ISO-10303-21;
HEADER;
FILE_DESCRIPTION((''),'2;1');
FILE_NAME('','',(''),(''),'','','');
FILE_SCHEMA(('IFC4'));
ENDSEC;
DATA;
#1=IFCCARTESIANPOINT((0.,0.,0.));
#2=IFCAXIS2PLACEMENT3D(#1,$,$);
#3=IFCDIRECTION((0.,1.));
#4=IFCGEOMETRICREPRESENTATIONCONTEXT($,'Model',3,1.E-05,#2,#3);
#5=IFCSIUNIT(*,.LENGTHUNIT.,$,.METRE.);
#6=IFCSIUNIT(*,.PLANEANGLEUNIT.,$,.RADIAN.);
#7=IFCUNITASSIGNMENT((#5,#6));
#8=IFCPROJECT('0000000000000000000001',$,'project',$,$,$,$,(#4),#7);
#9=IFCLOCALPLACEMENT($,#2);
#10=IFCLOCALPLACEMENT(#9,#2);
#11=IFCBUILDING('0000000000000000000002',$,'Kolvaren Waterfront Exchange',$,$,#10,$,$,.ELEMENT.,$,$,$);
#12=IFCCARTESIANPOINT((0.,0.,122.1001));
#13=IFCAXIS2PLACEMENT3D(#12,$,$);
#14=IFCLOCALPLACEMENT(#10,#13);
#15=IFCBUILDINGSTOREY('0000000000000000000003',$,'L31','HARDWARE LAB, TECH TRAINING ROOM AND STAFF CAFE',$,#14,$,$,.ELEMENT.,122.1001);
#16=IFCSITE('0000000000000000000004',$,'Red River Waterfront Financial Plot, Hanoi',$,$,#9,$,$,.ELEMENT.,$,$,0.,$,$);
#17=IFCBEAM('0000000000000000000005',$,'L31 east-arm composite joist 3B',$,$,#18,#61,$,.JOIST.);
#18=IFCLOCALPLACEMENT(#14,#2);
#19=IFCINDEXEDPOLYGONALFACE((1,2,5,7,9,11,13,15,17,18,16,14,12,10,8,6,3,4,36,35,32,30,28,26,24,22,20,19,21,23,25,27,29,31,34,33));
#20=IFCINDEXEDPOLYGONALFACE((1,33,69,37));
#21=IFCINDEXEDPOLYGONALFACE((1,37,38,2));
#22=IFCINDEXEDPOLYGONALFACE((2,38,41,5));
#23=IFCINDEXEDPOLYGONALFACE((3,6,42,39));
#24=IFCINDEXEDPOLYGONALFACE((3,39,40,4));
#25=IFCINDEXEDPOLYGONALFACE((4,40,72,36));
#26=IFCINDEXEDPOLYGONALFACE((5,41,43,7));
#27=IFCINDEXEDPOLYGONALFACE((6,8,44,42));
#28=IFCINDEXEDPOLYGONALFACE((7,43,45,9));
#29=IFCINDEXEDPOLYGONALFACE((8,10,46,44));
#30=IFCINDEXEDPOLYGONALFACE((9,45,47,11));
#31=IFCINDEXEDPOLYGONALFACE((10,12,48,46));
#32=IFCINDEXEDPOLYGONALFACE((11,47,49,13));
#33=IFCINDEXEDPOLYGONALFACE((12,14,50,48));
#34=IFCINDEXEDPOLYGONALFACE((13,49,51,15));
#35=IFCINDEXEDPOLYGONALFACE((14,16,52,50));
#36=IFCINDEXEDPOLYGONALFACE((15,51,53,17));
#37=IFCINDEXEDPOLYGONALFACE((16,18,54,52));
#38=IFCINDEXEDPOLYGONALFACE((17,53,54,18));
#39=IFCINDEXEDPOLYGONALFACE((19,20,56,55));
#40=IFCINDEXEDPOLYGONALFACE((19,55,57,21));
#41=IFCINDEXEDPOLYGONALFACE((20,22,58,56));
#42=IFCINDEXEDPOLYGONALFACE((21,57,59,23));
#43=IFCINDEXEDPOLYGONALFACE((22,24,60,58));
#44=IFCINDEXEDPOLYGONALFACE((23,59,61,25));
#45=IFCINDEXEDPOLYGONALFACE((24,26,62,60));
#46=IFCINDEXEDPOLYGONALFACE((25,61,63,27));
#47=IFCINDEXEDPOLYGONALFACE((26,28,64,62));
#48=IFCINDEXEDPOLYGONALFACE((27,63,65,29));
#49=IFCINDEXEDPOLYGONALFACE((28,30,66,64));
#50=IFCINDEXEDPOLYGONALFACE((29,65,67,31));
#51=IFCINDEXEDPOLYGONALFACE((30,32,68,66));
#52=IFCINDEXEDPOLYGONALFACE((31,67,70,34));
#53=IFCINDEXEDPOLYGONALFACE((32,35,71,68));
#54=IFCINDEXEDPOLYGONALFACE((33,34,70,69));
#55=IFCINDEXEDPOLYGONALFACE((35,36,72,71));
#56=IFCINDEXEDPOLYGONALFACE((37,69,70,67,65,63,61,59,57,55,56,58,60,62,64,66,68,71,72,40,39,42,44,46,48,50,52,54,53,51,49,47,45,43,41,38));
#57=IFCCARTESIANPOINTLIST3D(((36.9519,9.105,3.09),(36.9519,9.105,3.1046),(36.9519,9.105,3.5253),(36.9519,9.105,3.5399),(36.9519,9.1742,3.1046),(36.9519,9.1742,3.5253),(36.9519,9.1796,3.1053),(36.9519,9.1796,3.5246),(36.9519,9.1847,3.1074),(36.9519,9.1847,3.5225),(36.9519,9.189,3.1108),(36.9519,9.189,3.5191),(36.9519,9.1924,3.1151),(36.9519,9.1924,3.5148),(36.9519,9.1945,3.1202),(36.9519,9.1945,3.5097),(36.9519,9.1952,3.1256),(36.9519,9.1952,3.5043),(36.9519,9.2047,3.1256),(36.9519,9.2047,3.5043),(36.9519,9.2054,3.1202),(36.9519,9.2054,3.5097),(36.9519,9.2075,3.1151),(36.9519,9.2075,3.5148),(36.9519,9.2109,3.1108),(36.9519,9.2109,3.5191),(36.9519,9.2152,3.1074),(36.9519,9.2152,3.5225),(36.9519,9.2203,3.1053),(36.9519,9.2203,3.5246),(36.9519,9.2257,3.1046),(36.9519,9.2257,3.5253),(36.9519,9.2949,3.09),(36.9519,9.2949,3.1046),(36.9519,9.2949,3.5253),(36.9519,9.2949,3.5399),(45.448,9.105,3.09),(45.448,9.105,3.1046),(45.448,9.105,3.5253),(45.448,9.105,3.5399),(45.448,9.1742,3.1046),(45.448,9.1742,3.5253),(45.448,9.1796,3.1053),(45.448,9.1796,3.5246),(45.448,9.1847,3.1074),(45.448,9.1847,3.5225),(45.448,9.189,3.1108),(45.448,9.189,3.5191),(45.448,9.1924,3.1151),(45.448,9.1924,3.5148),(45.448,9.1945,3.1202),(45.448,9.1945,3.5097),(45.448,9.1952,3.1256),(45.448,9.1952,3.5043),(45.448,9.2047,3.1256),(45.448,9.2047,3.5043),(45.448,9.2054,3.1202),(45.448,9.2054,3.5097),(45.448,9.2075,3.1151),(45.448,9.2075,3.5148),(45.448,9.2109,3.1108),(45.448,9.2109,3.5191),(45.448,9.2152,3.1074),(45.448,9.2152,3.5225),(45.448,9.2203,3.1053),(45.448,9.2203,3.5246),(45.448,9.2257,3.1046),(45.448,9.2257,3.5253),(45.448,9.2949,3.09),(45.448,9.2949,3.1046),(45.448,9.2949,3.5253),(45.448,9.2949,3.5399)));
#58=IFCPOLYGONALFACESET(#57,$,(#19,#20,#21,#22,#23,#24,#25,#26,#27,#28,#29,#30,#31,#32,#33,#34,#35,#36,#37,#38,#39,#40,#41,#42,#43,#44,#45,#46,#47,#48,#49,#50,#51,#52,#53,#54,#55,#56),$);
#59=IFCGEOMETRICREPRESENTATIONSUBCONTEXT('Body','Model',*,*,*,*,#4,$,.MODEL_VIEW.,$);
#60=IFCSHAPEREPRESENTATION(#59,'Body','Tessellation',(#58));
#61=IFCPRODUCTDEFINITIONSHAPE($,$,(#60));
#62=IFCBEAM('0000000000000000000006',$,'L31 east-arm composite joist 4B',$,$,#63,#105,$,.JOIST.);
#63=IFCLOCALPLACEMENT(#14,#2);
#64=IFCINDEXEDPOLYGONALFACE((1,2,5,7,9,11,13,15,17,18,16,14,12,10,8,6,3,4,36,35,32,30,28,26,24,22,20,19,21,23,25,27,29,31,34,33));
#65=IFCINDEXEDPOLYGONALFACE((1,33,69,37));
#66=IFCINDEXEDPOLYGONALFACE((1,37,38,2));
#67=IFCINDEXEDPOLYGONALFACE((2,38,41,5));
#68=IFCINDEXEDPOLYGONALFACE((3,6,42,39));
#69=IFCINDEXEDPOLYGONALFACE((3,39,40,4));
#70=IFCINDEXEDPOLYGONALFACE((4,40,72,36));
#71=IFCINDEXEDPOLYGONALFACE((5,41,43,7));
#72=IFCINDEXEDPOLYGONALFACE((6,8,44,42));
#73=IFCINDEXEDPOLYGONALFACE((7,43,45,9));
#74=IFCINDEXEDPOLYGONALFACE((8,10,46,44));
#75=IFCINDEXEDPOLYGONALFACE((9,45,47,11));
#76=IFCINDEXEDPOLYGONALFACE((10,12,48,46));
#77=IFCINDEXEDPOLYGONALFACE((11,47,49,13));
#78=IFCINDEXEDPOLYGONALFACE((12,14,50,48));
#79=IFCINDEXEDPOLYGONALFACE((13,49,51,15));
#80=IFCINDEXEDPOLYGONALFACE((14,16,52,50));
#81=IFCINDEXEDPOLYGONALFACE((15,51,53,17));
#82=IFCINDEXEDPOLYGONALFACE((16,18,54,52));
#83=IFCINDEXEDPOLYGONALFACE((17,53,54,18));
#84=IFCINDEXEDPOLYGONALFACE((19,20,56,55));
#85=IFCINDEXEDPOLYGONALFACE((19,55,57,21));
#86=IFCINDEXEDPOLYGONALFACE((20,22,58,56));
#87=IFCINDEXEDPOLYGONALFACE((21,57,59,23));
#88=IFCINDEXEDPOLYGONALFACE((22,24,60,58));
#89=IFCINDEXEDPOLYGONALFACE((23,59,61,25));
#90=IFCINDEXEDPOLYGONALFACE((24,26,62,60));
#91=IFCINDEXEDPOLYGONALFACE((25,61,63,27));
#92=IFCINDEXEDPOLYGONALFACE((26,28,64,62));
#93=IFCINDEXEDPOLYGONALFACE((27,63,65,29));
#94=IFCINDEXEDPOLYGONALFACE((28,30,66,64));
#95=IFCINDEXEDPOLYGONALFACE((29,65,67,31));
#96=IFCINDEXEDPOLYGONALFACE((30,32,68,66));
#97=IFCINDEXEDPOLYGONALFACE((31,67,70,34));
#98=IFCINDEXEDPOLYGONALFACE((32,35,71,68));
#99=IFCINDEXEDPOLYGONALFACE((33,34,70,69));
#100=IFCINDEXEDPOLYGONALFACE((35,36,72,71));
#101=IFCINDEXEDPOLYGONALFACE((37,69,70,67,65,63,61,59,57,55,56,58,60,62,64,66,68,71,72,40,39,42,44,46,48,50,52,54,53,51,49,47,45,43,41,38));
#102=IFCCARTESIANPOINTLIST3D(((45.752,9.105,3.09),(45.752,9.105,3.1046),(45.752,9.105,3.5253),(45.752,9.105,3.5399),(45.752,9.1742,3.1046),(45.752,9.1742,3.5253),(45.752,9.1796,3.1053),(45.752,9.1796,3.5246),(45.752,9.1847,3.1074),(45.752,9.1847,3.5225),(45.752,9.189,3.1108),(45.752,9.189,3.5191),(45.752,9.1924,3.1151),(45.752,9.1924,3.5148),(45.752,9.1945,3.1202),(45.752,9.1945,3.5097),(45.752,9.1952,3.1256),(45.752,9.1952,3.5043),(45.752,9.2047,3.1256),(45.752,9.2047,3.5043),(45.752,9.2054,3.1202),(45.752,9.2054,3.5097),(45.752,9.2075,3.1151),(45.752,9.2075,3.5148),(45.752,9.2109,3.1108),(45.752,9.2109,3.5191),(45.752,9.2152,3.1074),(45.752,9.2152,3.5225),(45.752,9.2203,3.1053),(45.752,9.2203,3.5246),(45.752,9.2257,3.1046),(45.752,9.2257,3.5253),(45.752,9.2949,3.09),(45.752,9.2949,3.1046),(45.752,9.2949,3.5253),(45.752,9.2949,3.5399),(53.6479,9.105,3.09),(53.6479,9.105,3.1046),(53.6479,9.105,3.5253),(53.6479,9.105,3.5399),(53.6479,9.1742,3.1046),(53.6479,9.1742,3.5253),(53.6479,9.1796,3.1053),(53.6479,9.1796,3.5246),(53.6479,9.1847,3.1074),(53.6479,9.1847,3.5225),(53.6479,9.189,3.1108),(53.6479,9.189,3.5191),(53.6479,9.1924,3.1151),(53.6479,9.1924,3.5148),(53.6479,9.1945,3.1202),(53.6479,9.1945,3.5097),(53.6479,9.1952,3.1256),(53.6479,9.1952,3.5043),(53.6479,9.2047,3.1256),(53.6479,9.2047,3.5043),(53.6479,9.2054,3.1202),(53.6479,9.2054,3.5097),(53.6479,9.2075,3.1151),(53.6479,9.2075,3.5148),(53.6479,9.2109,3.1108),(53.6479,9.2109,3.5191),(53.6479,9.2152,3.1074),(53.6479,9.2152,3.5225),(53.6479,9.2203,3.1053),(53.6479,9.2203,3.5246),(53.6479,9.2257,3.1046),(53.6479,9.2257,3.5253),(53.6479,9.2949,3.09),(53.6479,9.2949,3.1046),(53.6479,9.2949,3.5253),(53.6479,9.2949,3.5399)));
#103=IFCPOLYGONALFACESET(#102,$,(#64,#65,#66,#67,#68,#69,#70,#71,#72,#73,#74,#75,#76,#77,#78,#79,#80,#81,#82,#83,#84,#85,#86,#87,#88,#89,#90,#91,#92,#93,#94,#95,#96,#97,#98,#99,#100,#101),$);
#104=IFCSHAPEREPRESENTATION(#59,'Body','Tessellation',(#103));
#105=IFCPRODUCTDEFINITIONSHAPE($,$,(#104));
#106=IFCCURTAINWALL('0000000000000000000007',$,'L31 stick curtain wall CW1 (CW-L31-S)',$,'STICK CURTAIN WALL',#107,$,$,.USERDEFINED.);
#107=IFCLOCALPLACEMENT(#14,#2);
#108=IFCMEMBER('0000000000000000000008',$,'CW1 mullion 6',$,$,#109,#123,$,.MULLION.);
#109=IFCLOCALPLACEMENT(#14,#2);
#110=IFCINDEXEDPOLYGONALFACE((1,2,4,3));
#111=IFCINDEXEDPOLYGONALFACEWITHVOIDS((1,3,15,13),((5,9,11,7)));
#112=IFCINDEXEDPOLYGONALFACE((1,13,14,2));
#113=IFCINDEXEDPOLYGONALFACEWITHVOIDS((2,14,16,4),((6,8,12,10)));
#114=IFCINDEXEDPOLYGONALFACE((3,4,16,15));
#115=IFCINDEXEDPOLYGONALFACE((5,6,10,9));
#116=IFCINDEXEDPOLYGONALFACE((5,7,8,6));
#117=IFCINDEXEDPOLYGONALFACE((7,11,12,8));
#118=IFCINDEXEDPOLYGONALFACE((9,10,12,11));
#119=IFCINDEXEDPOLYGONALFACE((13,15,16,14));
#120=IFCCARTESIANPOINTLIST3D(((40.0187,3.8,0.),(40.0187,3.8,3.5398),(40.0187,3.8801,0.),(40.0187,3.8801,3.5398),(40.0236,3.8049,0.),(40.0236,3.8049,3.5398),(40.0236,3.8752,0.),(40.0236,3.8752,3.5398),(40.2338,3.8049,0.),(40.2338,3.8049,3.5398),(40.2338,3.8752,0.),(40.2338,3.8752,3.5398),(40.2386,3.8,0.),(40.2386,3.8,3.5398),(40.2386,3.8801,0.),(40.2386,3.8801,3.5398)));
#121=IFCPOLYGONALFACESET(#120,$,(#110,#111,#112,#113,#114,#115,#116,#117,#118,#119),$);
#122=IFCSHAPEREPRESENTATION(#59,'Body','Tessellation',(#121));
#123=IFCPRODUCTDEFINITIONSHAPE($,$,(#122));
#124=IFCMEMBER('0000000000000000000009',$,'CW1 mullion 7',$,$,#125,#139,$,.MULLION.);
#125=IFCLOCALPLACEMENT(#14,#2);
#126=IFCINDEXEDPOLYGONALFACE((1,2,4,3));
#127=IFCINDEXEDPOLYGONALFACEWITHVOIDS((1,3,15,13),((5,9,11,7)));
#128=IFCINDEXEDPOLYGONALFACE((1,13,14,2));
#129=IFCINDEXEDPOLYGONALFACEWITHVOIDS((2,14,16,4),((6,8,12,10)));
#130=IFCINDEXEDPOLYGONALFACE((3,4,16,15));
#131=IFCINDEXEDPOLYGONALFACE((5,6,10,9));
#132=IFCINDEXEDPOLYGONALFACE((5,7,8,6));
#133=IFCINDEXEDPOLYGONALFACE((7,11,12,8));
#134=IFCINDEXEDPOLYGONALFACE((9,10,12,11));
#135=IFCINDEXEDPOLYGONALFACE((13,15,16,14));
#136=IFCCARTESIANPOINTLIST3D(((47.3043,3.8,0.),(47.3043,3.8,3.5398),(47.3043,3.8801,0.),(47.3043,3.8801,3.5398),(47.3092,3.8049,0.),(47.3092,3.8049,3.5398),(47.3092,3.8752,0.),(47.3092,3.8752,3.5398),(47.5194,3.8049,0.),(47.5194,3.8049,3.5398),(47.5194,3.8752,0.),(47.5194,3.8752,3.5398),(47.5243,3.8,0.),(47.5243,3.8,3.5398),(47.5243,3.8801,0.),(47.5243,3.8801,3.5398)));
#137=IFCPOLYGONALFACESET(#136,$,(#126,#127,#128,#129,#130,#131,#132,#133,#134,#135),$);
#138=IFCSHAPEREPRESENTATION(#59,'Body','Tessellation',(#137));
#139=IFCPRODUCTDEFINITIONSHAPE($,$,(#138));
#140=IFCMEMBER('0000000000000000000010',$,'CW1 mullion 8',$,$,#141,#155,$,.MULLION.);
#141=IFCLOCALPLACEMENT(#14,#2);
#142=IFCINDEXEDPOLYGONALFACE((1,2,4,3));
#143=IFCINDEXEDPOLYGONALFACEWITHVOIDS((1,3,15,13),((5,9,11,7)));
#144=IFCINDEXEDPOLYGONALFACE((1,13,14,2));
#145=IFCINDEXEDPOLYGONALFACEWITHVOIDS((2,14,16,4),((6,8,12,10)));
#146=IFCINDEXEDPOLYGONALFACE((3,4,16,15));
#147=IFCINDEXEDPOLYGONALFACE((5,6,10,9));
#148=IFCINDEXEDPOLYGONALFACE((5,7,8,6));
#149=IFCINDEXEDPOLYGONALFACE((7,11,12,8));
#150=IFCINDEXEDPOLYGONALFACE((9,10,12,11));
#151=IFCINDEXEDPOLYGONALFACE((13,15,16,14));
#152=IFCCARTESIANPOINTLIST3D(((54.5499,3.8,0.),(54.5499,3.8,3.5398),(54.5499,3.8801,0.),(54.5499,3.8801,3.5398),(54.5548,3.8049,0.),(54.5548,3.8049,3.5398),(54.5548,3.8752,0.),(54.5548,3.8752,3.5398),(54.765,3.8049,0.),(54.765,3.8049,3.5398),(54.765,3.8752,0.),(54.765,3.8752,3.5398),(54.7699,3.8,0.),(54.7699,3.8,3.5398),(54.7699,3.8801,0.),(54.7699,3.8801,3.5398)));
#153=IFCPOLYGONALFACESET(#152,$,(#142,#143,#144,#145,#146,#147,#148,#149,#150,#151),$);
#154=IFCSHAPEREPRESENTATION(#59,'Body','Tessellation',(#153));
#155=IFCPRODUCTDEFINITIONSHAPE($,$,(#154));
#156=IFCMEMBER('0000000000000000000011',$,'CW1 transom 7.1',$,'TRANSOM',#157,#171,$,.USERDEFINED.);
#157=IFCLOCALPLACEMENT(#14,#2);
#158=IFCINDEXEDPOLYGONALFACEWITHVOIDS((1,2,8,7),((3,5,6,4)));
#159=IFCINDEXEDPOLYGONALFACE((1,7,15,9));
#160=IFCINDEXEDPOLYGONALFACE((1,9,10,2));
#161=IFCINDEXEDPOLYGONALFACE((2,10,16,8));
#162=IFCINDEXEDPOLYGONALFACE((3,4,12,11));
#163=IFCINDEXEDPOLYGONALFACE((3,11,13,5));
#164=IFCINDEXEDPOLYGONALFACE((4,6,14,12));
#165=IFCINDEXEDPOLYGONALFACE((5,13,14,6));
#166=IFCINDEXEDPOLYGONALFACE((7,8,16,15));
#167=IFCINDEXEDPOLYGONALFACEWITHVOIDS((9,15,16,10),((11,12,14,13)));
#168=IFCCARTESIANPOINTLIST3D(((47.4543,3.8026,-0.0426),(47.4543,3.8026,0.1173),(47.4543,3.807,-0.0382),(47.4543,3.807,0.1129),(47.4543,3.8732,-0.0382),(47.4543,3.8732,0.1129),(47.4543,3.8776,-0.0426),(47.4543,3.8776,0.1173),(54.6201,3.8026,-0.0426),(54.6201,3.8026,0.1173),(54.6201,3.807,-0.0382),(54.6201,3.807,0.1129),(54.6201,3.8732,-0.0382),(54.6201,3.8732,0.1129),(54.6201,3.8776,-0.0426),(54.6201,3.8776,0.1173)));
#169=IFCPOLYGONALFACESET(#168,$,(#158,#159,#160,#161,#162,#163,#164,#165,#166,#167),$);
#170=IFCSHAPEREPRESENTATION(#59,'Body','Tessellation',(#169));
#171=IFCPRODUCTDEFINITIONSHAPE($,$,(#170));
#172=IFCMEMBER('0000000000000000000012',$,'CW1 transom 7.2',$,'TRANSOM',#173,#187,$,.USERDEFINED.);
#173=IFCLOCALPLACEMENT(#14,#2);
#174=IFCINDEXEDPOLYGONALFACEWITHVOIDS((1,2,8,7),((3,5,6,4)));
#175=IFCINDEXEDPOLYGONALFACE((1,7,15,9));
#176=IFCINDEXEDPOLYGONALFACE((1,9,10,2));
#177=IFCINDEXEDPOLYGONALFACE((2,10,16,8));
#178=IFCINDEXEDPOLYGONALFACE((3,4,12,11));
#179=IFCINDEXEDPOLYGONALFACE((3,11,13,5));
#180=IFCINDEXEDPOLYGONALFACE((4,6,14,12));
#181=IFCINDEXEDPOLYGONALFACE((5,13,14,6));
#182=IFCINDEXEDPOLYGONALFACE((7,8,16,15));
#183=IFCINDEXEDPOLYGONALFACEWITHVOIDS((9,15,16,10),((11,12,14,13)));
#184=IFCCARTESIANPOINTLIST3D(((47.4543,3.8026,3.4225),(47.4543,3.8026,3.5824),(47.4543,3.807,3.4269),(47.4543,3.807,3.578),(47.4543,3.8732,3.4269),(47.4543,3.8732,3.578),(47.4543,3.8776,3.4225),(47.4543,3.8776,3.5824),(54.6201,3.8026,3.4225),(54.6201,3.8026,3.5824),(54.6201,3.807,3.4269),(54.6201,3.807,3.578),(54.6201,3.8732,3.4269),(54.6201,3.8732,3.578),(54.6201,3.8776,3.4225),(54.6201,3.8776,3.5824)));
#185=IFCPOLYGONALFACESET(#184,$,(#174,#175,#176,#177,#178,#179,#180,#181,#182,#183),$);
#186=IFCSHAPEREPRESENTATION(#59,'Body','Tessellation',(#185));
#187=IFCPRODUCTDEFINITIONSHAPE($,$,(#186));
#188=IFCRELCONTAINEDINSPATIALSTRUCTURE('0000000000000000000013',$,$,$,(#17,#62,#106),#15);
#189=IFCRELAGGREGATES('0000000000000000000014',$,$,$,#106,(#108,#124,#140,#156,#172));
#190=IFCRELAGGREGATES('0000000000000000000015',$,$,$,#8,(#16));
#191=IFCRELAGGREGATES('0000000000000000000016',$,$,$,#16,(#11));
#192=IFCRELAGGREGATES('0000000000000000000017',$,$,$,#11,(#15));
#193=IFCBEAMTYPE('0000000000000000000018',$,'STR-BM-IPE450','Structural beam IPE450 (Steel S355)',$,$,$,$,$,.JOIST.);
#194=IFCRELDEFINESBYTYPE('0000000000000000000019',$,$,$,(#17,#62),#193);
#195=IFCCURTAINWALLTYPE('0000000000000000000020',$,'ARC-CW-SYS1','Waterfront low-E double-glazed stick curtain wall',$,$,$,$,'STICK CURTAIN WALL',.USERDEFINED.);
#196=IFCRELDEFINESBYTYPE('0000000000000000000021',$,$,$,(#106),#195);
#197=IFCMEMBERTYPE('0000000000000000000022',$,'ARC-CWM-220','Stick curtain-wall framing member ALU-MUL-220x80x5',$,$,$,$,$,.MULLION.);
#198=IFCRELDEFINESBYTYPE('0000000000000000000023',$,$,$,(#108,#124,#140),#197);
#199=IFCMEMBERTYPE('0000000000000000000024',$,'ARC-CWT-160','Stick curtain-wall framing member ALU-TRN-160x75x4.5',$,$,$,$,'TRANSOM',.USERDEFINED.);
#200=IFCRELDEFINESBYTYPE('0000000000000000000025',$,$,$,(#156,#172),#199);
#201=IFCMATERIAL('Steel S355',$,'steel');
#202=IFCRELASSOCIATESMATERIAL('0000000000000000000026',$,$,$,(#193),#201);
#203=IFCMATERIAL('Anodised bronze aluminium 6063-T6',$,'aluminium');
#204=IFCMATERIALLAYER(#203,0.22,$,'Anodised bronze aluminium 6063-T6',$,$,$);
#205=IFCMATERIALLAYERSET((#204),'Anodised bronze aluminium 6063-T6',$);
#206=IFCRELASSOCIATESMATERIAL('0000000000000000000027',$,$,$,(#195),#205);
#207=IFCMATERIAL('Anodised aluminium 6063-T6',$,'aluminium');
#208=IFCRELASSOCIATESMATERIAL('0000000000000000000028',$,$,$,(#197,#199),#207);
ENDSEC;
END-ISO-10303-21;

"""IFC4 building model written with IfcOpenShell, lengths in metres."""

from ifc_helpers import new_model, si_unit, direction, frame, origin, origin_with_axes, origin_2d, place, context, subcontext, project, spatial, hollow_rectangle, i_section, extrude, source, transform, mapped, material, layer, layer_set, material_profile, profile_set, type_object, element, aggregate, save


model = new_model("IFC4")

# Units and contexts
model_context = context("Model", 3, precision=1e-05, world=origin(), true_north=direction((0.0, 1.0)))
body_context = subcontext(model_context, "Body", "Model", "MODEL_VIEW")
ifc_project = project(units=[si_unit("LENGTHUNIT", "METRE"), si_unit("PLANEANGLEUNIT", "RADIAN")], contexts=[model_context])

# Site, building, storey
site_placement = place(None, origin())
site = spatial("IfcSite", under=ifc_project, at=site_placement, Name="Red River Waterfront Financial Plot, Hanoi", CompositionType="ELEMENT", RefElevation=0.0)
building_placement = place(site_placement, origin())
building = spatial("IfcBuilding", under=site, at=building_placement, Name="Kolvaren Waterfront Exchange", CompositionType="ELEMENT")
storey_placement = place(building_placement, frame((0.0, 0.0, 122.1001)))
storey = spatial("IfcBuildingStorey", under=building, at=storey_placement, Name="L31", Description="HARDWARE LAB, TECH TRAINING ROOM AND STAFF CAFE", CompositionType="ELEMENT", Elevation=122.1001)

# Beams
ifc_material_1 = material(Name="Steel S355", Category="steel")
ifc_material_profile_1 = material_profile(ifc_material_1, i_section(OverallWidth=0.1899, OverallDepth=0.45, WebThickness=0.0095, FlangeThickness=0.0146, FilletRadius=0.021, at=origin_2d()), Name="IPE450")
ifc_profile_set_1 = profile_set([ifc_material_profile_1], Name="Steel S355")
beam_type_1 = type_object("IfcBeamType", Name="STR-BM-IPE450", Description="Structural beam IPE450 (Steel S355)", PredefinedType="JOIST", material=ifc_profile_set_1)
beam_1_placement = place(storey_placement, frame((36.9519, 9.2, 3.3149), z_axis=(1.0, 0.0, 0.0), x_axis=(0.0, 1.0, 0.0)))
element("IfcBeam", 1, at=beam_1_placement, inside=storey, type_object=beam_type_1, Name="L31 east-arm composite joist 3B", PredefinedType="JOIST", context=body_context, shape_type="SweptSolid", body=[
    extrude(i_section(OverallWidth=0.1899, OverallDepth=0.45, WebThickness=0.0095, FlangeThickness=0.0146, FilletRadius=0.021, at=origin_2d()), origin(), (0.0, 0.0, 1.0), 8.4961),
])
beam_2_placement = place(storey_placement, frame((45.752, 9.2, 3.3149), z_axis=(1.0, 0.0, 0.0), x_axis=(0.0, 1.0, 0.0)))
element("IfcBeam", 2, at=beam_2_placement, inside=storey, type_object=beam_type_1, Name="L31 east-arm composite joist 4B", PredefinedType="JOIST", context=body_context, shape_type="SweptSolid", body=[
    extrude(i_section(OverallWidth=0.1899, OverallDepth=0.45, WebThickness=0.0095, FlangeThickness=0.0146, FilletRadius=0.021, at=origin_2d()), origin(), (0.0, 0.0, 1.0), 7.896),
])

# Curtain wall, members
ifc_material_2 = material(Name="Anodised bronze aluminium 6063-T6", Category="aluminium")
ifc_layer_1 = layer(ifc_material_2, 0.22, Name="Anodised bronze aluminium 6063-T6")
ifc_layer_set_1 = layer_set([ifc_layer_1], Name="Anodised bronze aluminium 6063-T6")
curtain_wall_type = type_object("IfcCurtainWallType", Name="ARC-CW-SYS1", Description="Waterfront low-E double-glazed stick curtain wall", ElementType="STICK CURTAIN WALL", PredefinedType="USERDEFINED", material=ifc_layer_set_1)
curtain_wall_placement = place(storey_placement, origin())
curtain_wall = element("IfcCurtainWall", 3, at=curtain_wall_placement, inside=storey, type_object=curtain_wall_type, Name="L31 stick curtain wall CW1 (CW-L31-S)", ObjectType="STICK CURTAIN WALL", PredefinedType="USERDEFINED")
ifc_material_3 = material(Name="Anodised aluminium 6063-T6", Category="aluminium")
ifc_material_profile_2 = material_profile(ifc_material_3, hollow_rectangle(XDim=0.0801, YDim=0.22, WallThickness=0.0049, at=origin_2d()), Name="ALU-MUL-220x80x5")
ifc_profile_set_2 = profile_set([ifc_material_profile_2], Name="Anodised aluminium 6063-T6")
member_type_1 = type_object("IfcMemberType", Name="ARC-CWM-220", Description="Stick curtain-wall framing member ALU-MUL-220x80x5", PredefinedType="MULLION", material=ifc_profile_set_2)
shared_shape_1 = source(origin_with_axes(), body_context, "Body", "SweptSolid", [
    extrude(hollow_rectangle(XDim=0.0801, YDim=0.22, WallThickness=0.0049, at=origin_2d()), origin(), (0.0, 0.0, 1.0), 3.5398),
])
member_1_placement = place(storey_placement, frame((40.1287, 3.8401, 0.0), z_axis=(0.0, 0.0, 1.0), x_axis=(0.0, 1.0, 0.0)))
member_1 = element("IfcMember", 4, at=member_1_placement, type_object=member_type_1, Name="CW1 mullion 6", PredefinedType="MULLION", context=body_context, shape_type="MappedRepresentation", body=[
    mapped(shared_shape_1, transform((0.0, 0.0, 0.0), x_axis=(1.0, 0.0, 0.0), y_axis=(0.0, 1.0, 0.0), z_axis=(0.0, 0.0, 1.0), scale=1.0)),
])
member_2_placement = place(storey_placement, frame((47.4143, 3.8401, 0.0), z_axis=(0.0, 0.0, 1.0), x_axis=(0.0, 1.0, 0.0)))
member_2 = element("IfcMember", 5, at=member_2_placement, type_object=member_type_1, Name="CW1 mullion 7", PredefinedType="MULLION", context=body_context, shape_type="MappedRepresentation", body=[
    mapped(shared_shape_1, transform((0.0, 0.0, 0.0), x_axis=(1.0, 0.0, 0.0), y_axis=(0.0, 1.0, 0.0), z_axis=(0.0, 0.0, 1.0), scale=1.0)),
])
member_3_placement = place(storey_placement, frame((54.6599, 3.8401, 0.0), z_axis=(0.0, 0.0, 1.0), x_axis=(0.0, 1.0, 0.0)))
member_3 = element("IfcMember", 6, at=member_3_placement, type_object=member_type_1, Name="CW1 mullion 8", PredefinedType="MULLION", context=body_context, shape_type="MappedRepresentation", body=[
    mapped(shared_shape_1, transform((0.0, 0.0, 0.0), x_axis=(1.0, 0.0, 0.0), y_axis=(0.0, 1.0, 0.0), z_axis=(0.0, 0.0, 1.0), scale=1.0)),
])
ifc_material_profile_3 = material_profile(ifc_material_3, hollow_rectangle(XDim=0.075, YDim=0.1599, WallThickness=0.0044, at=origin_2d()), Name="ALU-TRN-160x75x4.5")
ifc_profile_set_3 = profile_set([ifc_material_profile_3], Name="Anodised aluminium 6063-T6")
member_type_2 = type_object("IfcMemberType", Name="ARC-CWT-160", Description="Stick curtain-wall framing member ALU-TRN-160x75x4.5", ElementType="TRANSOM", PredefinedType="USERDEFINED", material=ifc_profile_set_3)
shared_shape_2 = source(origin_with_axes(), body_context, "Body", "SweptSolid", [
    extrude(hollow_rectangle(XDim=0.075, YDim=0.1599, WallThickness=0.0044, at=origin_2d()), origin(), (0.0, 0.0, 1.0), 7.1658),
])
member_4_placement = place(storey_placement, frame((47.4543, 3.8401, 0.0374), z_axis=(1.0, 0.0, 0.0), x_axis=(0.0, 1.0, 0.0)))
member_4 = element("IfcMember", 7, at=member_4_placement, type_object=member_type_2, Name="CW1 transom 7.1", ObjectType="TRANSOM", PredefinedType="USERDEFINED", context=body_context, shape_type="MappedRepresentation", body=[
    mapped(shared_shape_2, transform((0.0, 0.0, 0.0), x_axis=(1.0, 0.0, 0.0), y_axis=(0.0, 1.0, 0.0), z_axis=(0.0, 0.0, 1.0), scale=1.0)),
])
member_5_placement = place(storey_placement, frame((47.4543, 3.8401, 3.5024), z_axis=(1.0, 0.0, 0.0), x_axis=(0.0, 1.0, 0.0)))
member_5 = element("IfcMember", 8, at=member_5_placement, type_object=member_type_2, Name="CW1 transom 7.2", ObjectType="TRANSOM", PredefinedType="USERDEFINED", context=body_context, shape_type="MappedRepresentation", body=[
    mapped(shared_shape_2, transform((0.0, 0.0, 0.0), x_axis=(1.0, 0.0, 0.0), y_axis=(0.0, 1.0, 0.0), z_axis=(0.0, 0.0, 1.0), scale=1.0)),
])
aggregate(curtain_wall, [member_1, member_2, member_3, member_4, member_5])

save(model, "model.ifc")
